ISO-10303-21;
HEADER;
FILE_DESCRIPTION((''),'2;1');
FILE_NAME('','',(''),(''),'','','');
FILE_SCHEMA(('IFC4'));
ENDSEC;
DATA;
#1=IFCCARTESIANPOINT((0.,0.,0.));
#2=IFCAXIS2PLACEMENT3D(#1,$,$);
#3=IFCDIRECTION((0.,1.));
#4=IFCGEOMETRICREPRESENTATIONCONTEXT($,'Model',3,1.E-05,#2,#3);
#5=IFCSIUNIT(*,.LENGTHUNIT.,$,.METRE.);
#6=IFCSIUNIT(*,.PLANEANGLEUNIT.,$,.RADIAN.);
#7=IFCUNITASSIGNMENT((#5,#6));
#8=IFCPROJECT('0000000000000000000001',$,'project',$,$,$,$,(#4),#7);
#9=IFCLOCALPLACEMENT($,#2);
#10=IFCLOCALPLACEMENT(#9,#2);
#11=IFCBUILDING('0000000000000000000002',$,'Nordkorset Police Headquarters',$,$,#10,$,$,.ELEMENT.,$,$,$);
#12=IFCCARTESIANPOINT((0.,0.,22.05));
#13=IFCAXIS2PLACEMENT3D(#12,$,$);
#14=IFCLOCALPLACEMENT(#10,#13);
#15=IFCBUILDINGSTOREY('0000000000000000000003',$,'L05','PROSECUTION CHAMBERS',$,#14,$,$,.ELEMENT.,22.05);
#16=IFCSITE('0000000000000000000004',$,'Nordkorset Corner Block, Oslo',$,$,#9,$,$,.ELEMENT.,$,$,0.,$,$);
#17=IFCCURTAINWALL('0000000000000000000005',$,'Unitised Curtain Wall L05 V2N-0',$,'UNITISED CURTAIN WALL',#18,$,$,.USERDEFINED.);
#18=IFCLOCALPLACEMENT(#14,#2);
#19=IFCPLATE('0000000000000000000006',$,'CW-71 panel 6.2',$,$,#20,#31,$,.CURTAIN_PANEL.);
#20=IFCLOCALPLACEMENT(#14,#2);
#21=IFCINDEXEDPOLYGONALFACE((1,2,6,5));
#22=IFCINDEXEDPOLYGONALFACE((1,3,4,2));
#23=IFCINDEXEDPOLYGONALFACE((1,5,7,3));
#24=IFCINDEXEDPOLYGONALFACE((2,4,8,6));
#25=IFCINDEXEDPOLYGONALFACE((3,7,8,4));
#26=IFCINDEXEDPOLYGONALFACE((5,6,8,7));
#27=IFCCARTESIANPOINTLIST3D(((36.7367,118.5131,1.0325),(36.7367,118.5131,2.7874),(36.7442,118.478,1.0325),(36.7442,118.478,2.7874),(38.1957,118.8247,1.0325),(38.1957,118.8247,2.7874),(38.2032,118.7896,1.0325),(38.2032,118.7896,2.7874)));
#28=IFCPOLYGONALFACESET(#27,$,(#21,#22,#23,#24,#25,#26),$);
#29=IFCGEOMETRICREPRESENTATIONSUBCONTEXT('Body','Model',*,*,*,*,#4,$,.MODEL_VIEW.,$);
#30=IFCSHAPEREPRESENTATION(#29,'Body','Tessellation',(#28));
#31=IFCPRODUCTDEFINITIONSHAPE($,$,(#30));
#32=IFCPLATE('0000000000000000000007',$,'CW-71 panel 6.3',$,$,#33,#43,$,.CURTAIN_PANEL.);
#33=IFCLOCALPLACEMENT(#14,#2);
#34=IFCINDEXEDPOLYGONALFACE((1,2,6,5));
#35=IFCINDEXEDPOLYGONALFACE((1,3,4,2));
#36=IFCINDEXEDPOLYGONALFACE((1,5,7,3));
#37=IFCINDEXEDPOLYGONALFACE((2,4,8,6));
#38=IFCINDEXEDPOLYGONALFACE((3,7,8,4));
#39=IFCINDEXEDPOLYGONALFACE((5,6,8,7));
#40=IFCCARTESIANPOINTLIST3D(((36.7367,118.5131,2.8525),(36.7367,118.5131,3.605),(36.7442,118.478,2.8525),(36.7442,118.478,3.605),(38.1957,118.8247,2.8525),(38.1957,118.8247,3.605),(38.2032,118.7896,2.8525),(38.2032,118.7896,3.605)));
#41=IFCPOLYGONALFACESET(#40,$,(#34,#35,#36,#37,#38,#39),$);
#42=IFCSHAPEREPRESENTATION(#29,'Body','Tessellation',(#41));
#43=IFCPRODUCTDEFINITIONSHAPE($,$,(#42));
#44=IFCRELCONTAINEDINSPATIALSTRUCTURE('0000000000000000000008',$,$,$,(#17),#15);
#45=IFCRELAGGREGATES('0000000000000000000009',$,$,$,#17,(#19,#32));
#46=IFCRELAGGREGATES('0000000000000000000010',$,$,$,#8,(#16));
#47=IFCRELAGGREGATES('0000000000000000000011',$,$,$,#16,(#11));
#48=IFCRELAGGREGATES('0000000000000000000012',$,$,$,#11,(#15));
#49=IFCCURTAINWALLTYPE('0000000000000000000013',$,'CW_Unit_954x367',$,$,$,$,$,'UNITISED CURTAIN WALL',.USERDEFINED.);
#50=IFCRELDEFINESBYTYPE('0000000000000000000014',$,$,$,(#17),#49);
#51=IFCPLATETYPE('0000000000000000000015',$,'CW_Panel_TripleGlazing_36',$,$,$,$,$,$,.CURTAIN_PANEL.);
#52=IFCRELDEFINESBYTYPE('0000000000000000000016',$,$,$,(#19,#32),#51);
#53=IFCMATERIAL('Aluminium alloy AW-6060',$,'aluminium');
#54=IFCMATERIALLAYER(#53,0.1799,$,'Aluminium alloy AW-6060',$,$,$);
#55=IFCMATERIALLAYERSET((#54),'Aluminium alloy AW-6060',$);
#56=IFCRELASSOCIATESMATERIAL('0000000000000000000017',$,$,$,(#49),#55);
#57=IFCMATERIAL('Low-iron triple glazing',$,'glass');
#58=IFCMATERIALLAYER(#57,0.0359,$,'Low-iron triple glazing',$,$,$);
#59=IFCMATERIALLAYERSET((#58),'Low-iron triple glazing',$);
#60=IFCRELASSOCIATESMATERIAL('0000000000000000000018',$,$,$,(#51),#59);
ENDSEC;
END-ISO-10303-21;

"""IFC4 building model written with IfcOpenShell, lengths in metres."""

from ifc_helpers import new_model, si_unit, direction, frame, origin, origin_2d, place, context, subcontext, project, spatial, rectangle, extrude, material, layer, layer_set, type_object, element, aggregate, save


model = new_model("IFC4")

# Units and contexts
model_context = context("Model", 3, precision=1e-05, world=origin(), true_north=direction((0.0, 1.0)))
body_context = subcontext(model_context, "Body", "Model", "MODEL_VIEW")
ifc_project = project(units=[si_unit("LENGTHUNIT", "METRE"), si_unit("PLANEANGLEUNIT", "RADIAN")], contexts=[model_context])

# Site, building, storey
site_placement = place(None, origin())
site = spatial("IfcSite", under=ifc_project, at=site_placement, Name="Nordkorset Corner Block, Oslo", CompositionType="ELEMENT", RefElevation=0.0)
building_placement = place(site_placement, origin())
building = spatial("IfcBuilding", under=site, at=building_placement, Name="Nordkorset Police Headquarters", CompositionType="ELEMENT")
storey_placement = place(building_placement, frame((0.0, 0.0, 22.05)))
storey = spatial("IfcBuildingStorey", under=building, at=storey_placement, Name="L05", Description="PROSECUTION CHAMBERS", CompositionType="ELEMENT", Elevation=22.05)

# Curtain wall, plates
ifc_material_1 = material(Name="Aluminium alloy AW-6060", Category="aluminium")
ifc_layer_1 = layer(ifc_material_1, 0.1799, Name="Aluminium alloy AW-6060")
ifc_layer_set_1 = layer_set([ifc_layer_1], Name="Aluminium alloy AW-6060")
curtain_wall_type = type_object("IfcCurtainWallType", Name="CW_Unit_954x367", ElementType="UNITISED CURTAIN WALL", PredefinedType="USERDEFINED", material=ifc_layer_set_1)
curtain_wall_placement = place(storey_placement, origin())
curtain_wall = element("IfcCurtainWall", 1, at=curtain_wall_placement, inside=storey, type_object=curtain_wall_type, Name="Unitised Curtain Wall L05 V2N-0", ObjectType="UNITISED CURTAIN WALL", PredefinedType="USERDEFINED")
ifc_material_2 = material(Name="Low-iron triple glazing", Category="glass")
ifc_layer_2 = layer(ifc_material_2, 0.0359, Name="Low-iron triple glazing")
ifc_layer_set_2 = layer_set([ifc_layer_2], Name="Low-iron triple glazing")
plate_type = type_object("IfcPlateType", Name="CW_Panel_TripleGlazing_36", PredefinedType="CURTAIN_PANEL", material=ifc_layer_set_2)
plate_1_placement = place(storey_placement, frame((37.47, 118.6514, 1.0325), z_axis=(0.0, 0.0, 1.0), x_axis=(0.977951, 0.208833, 0.0)))
plate_1 = element("IfcPlate", 2, at=plate_1_placement, type_object=plate_type, Name="CW-71 panel 6.2", PredefinedType="CURTAIN_PANEL", context=body_context, shape_type="SweptSolid", body=[
    extrude(rectangle(XDim=1.4919, YDim=0.0359, at=origin_2d()), origin(), (0.0, 0.0, 1.0), 1.7549),
])
plate_2_placement = place(storey_placement, frame((37.47, 118.6514, 2.8525), z_axis=(0.0, 0.0, 1.0), x_axis=(0.977951, 0.208833, 0.0)))
plate_2 = element("IfcPlate", 3, at=plate_2_placement, type_object=plate_type, Name="CW-71 panel 6.3", PredefinedType="CURTAIN_PANEL", context=body_context, shape_type="SweptSolid", body=[
    extrude(rectangle(XDim=1.4919, YDim=0.0359, at=origin_2d()), origin(), (0.0, 0.0, 1.0), 0.7524),
])
aggregate(curtain_wall, [plate_1, plate_2])

save(model, "model.ifc")
